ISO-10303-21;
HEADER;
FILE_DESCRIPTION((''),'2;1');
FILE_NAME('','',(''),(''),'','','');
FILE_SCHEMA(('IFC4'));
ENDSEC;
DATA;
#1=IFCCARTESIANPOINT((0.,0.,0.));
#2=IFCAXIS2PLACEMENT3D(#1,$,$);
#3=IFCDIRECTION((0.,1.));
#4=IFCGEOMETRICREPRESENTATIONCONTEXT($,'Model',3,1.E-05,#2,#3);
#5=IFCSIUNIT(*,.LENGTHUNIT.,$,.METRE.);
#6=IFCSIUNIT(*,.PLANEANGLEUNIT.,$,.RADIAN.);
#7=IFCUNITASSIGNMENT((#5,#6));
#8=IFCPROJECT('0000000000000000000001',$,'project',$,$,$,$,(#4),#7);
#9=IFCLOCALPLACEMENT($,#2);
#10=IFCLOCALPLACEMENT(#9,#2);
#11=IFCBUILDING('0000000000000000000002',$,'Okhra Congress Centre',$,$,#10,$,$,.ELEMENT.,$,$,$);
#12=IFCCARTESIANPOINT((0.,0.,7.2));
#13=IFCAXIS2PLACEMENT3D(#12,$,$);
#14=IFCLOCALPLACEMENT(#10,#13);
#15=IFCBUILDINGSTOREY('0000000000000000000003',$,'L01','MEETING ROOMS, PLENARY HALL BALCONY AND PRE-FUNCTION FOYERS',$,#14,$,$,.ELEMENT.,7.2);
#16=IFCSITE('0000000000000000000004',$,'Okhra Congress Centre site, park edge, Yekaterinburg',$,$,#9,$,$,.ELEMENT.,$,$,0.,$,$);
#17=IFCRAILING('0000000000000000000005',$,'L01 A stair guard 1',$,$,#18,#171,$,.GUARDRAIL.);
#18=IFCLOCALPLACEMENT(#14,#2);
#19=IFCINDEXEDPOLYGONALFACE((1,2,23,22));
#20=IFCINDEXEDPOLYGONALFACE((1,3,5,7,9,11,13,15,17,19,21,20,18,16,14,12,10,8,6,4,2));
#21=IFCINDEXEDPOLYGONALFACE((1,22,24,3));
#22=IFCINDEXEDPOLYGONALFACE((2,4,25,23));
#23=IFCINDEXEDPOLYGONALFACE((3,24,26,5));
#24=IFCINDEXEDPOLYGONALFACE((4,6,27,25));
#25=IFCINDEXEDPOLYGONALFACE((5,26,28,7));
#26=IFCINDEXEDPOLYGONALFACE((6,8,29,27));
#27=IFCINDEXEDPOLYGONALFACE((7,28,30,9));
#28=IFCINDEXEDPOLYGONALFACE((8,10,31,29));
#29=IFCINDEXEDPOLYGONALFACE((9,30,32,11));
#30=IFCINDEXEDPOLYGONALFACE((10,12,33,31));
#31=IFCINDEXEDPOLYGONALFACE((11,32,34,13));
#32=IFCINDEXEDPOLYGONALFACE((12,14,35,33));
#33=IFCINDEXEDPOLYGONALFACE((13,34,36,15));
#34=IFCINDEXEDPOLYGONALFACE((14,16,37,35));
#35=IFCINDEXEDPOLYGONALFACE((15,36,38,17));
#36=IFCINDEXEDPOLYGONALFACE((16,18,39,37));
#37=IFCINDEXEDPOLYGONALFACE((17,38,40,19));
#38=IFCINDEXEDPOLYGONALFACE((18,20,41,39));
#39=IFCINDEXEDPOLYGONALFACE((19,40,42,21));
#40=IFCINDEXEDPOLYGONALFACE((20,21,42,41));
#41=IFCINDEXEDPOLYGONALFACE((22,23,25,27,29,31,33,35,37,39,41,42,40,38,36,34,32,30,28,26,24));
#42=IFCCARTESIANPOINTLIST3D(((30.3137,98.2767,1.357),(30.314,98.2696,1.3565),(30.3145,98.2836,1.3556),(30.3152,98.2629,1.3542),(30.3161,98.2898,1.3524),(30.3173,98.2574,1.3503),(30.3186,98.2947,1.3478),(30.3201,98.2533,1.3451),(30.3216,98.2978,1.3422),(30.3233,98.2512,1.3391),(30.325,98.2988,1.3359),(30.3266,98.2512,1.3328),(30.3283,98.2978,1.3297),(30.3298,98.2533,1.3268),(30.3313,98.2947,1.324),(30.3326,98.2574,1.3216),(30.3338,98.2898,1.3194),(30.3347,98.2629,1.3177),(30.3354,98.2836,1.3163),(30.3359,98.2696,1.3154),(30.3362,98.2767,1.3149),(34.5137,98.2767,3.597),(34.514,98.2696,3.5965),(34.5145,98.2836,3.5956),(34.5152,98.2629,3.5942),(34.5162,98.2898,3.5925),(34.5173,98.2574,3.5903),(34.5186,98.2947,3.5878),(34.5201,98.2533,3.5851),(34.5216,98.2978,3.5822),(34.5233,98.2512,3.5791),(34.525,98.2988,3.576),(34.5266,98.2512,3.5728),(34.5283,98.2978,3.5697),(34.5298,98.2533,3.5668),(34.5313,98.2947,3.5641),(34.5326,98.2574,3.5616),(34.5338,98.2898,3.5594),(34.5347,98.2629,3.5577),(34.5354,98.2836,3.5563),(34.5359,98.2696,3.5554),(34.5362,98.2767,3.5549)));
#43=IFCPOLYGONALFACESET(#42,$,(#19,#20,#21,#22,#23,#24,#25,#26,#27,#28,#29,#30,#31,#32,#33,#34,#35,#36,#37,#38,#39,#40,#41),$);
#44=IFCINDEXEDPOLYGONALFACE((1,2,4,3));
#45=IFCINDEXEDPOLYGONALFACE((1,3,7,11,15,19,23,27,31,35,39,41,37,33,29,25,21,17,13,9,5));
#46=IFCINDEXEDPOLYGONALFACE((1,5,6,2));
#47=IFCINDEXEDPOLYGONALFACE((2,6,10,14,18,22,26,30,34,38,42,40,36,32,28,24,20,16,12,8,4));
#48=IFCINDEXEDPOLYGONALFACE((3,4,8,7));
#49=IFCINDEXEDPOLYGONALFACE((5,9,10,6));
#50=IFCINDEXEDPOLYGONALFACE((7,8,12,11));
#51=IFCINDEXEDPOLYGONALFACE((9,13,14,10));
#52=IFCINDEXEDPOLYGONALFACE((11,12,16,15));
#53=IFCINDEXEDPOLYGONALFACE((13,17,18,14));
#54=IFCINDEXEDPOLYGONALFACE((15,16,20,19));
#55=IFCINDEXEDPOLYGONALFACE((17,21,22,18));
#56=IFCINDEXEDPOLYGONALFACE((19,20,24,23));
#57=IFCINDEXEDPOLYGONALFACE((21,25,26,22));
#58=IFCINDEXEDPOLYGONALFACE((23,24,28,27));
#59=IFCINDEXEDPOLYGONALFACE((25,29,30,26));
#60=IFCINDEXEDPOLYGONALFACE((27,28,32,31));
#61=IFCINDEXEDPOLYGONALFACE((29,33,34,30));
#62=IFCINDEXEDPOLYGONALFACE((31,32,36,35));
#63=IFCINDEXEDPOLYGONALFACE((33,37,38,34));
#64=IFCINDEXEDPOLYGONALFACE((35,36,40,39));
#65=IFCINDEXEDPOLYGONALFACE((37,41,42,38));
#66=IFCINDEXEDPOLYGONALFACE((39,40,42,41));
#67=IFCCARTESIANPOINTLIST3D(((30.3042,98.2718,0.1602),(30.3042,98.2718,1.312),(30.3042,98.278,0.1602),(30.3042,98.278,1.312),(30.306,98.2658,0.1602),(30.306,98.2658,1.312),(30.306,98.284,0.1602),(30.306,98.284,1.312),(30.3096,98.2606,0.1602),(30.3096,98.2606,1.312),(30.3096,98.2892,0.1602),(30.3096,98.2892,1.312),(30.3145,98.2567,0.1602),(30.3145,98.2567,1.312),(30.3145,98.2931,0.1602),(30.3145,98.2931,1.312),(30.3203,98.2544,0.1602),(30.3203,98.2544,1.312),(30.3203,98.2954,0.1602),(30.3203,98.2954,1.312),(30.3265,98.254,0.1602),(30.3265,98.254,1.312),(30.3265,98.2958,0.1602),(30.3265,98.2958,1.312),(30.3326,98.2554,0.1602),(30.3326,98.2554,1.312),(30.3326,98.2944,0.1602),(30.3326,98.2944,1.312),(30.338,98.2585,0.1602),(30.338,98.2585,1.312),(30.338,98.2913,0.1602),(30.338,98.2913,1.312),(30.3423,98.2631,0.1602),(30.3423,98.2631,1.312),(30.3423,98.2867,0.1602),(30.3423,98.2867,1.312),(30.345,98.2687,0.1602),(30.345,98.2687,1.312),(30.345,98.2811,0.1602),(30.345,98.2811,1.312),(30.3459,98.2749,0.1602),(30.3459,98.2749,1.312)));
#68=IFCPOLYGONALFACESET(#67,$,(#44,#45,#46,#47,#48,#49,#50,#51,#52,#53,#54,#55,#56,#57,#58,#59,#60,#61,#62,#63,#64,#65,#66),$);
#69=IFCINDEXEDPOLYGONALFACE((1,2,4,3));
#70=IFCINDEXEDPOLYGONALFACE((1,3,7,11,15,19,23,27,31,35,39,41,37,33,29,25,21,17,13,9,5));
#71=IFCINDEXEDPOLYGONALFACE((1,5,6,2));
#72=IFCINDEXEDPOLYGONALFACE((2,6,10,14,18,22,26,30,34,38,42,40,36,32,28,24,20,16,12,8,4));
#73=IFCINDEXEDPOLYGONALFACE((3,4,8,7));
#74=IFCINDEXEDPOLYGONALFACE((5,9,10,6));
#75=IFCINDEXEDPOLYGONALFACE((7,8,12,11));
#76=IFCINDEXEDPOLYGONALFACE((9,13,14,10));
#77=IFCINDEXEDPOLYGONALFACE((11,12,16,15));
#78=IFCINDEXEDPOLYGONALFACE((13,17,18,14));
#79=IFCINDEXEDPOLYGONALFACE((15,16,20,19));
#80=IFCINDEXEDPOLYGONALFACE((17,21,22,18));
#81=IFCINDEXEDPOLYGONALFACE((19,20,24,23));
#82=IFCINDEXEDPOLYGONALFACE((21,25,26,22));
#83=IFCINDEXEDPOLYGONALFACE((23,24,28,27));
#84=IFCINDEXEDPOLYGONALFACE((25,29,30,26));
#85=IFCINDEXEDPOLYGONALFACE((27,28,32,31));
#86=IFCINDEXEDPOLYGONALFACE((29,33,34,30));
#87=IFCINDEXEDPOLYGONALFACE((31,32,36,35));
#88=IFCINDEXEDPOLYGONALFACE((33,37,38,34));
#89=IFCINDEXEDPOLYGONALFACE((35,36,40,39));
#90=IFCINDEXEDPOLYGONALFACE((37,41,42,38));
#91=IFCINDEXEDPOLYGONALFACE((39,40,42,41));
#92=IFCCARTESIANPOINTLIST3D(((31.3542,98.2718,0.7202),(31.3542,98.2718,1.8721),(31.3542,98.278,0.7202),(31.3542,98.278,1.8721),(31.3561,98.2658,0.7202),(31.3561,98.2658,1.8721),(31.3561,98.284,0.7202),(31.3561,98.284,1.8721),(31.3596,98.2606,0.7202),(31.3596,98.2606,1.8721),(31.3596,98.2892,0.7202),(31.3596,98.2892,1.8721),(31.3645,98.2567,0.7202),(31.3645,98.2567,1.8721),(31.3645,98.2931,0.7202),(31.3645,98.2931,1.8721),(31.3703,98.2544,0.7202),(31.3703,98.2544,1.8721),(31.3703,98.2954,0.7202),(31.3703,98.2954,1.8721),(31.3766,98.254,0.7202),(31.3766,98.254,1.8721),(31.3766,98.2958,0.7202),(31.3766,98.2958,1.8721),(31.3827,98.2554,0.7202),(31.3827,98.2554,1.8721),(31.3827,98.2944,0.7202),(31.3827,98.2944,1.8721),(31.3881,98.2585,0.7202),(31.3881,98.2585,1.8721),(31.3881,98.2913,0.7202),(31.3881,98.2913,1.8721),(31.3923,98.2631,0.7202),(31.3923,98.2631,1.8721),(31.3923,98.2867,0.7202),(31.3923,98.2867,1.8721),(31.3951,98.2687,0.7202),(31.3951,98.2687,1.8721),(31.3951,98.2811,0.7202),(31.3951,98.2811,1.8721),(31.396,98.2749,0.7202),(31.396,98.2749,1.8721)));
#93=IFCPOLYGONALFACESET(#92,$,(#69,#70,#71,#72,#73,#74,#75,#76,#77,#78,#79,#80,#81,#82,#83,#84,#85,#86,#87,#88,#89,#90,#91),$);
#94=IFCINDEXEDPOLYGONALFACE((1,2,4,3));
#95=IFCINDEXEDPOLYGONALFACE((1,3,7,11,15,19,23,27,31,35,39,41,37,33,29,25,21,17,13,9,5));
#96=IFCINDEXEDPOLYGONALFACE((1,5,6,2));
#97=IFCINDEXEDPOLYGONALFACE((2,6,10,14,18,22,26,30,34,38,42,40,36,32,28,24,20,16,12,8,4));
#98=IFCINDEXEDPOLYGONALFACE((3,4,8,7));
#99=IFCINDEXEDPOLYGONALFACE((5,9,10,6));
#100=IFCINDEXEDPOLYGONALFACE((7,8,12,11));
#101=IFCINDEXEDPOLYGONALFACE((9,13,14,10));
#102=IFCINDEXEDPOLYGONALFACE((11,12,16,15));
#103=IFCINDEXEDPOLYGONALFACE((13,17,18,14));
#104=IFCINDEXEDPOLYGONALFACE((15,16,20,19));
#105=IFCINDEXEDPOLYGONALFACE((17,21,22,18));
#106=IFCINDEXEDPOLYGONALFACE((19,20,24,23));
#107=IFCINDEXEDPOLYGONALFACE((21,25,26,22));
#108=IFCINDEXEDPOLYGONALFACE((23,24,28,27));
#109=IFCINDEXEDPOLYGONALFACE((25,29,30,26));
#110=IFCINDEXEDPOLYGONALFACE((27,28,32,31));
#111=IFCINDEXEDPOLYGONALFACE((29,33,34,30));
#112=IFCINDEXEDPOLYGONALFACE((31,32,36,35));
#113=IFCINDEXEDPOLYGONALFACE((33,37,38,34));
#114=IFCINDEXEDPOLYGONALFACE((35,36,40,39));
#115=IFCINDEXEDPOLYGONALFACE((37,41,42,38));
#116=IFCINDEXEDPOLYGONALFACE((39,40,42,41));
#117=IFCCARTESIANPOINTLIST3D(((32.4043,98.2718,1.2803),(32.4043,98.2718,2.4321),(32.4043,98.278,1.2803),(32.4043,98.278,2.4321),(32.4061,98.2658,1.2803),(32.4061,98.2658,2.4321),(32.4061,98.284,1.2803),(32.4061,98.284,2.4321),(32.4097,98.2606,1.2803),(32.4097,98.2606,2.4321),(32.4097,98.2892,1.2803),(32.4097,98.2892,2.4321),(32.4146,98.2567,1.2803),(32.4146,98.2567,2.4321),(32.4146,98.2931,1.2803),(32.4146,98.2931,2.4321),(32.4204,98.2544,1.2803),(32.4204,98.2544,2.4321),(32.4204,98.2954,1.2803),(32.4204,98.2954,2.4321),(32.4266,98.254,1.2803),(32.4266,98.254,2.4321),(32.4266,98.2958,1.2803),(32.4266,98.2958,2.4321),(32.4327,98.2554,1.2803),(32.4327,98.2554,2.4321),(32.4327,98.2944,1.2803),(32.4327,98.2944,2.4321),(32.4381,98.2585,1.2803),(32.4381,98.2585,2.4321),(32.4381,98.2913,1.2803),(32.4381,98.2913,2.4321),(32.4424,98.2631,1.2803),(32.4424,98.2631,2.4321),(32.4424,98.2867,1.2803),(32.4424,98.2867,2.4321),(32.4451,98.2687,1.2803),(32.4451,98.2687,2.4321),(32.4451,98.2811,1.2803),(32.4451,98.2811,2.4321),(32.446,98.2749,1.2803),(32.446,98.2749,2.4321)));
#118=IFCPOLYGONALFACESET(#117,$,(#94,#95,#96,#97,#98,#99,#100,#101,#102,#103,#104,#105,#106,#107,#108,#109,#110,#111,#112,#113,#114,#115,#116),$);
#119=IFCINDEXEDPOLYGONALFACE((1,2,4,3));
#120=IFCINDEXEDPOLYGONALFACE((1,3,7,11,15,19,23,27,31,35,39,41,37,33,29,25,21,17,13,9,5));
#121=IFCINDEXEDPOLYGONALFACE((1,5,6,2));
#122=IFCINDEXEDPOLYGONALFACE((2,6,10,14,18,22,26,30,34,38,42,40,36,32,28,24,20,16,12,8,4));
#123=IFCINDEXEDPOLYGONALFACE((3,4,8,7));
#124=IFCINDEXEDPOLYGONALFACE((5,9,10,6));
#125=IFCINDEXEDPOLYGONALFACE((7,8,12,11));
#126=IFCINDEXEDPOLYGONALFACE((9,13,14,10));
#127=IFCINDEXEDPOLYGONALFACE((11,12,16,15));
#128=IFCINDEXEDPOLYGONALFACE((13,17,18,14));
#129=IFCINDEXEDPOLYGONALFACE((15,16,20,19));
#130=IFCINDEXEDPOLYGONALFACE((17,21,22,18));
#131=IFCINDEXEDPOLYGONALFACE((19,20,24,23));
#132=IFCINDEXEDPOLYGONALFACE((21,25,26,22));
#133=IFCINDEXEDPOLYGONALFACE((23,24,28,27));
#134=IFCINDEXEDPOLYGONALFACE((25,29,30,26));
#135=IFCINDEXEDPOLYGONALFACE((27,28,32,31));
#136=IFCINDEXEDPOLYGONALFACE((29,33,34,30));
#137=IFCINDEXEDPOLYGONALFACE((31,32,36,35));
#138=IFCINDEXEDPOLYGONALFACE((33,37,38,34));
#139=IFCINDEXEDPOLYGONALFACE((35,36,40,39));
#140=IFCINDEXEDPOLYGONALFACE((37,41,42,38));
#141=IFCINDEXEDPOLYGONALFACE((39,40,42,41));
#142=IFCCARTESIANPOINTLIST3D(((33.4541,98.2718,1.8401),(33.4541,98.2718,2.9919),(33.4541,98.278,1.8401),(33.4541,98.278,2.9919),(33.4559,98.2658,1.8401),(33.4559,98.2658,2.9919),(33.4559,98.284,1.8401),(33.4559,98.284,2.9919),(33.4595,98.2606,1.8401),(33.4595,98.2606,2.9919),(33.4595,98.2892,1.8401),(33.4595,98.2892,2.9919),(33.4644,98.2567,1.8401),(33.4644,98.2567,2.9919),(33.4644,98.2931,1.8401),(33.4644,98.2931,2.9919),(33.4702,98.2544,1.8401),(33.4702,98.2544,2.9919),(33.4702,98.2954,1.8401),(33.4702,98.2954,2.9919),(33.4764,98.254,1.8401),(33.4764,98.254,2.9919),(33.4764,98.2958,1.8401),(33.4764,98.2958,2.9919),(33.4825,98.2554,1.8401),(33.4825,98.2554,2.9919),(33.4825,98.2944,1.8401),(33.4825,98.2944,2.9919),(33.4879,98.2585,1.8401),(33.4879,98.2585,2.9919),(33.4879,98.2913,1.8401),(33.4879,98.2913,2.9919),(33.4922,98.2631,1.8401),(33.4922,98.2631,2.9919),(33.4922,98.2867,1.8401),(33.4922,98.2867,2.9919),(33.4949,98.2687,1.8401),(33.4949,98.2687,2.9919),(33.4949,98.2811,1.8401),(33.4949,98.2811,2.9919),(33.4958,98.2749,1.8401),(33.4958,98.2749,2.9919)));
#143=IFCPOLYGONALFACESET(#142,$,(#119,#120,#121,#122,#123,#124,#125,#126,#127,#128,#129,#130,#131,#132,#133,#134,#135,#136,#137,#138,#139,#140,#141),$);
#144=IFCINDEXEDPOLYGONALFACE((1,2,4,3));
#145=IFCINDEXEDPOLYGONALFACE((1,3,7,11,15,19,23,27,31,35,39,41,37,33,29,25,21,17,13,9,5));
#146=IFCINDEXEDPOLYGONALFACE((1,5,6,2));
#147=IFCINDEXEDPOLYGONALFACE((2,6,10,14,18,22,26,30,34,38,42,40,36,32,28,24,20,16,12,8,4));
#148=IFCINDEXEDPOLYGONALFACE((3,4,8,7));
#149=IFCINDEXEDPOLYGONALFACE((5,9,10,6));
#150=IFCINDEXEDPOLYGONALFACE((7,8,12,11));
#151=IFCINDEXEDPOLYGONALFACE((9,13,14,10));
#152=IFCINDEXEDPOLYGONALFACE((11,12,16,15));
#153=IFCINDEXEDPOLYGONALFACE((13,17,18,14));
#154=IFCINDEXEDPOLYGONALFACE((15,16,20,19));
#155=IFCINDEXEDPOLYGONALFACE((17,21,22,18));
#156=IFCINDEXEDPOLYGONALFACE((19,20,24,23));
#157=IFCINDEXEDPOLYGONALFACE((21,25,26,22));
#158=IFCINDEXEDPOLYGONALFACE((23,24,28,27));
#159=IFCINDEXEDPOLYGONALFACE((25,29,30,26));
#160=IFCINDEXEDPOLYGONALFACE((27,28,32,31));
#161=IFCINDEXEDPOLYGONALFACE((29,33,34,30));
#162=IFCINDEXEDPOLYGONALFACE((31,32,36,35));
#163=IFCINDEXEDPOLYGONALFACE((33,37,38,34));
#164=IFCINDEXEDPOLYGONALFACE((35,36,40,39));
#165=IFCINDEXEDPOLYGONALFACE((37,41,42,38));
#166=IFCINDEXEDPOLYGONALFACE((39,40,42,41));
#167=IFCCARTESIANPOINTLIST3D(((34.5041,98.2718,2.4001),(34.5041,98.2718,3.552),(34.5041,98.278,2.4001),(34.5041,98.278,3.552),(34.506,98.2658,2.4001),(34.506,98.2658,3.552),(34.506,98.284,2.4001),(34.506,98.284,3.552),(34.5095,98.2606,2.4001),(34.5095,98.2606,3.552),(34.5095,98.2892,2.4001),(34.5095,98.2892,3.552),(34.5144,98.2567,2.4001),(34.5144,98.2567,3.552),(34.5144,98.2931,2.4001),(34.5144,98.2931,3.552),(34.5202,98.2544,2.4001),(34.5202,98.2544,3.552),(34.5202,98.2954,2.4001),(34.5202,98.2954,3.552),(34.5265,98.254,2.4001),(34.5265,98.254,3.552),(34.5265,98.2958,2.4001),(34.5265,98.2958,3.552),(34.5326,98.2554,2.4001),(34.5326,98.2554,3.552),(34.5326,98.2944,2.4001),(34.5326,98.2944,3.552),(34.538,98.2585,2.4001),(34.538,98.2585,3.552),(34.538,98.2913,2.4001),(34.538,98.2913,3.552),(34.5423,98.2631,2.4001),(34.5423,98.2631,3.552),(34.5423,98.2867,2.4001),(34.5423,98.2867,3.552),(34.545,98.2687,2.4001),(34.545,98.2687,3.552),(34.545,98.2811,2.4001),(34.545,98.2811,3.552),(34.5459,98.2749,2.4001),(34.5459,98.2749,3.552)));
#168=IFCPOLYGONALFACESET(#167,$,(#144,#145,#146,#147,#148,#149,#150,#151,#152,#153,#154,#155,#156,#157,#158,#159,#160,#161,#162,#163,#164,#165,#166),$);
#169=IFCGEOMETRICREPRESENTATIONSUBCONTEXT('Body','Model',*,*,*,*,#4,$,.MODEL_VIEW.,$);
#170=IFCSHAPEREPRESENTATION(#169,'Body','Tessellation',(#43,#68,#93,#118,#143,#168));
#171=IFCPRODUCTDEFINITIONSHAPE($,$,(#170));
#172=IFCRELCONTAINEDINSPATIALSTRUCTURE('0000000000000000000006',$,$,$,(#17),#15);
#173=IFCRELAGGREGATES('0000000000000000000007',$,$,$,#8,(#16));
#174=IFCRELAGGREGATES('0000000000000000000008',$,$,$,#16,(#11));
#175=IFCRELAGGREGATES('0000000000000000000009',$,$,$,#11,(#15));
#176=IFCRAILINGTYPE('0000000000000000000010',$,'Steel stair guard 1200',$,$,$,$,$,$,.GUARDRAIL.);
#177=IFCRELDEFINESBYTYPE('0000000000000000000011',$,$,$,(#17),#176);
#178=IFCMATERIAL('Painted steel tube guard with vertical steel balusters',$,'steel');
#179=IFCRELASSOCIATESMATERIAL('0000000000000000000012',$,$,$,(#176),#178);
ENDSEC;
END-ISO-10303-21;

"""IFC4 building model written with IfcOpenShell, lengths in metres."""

from ifc_helpers import new_model, si_unit, direction, frame, origin, origin_2d, place, context, subcontext, project, spatial, circle, extrude, material, type_object, element, save


model = new_model("IFC4")

# Units and contexts
model_context = context("Model", 3, precision=1e-05, world=origin(), true_north=direction((0.0, 1.0)))
body_context = subcontext(model_context, "Body", "Model", "MODEL_VIEW")
ifc_project = project(units=[si_unit("LENGTHUNIT", "METRE"), si_unit("PLANEANGLEUNIT", "RADIAN")], contexts=[model_context])

# Site, building, storey
site_placement = place(None, origin())
site = spatial("IfcSite", under=ifc_project, at=site_placement, Name="Okhra Congress Centre site, park edge, Yekaterinburg", CompositionType="ELEMENT", RefElevation=0.0)
building_placement = place(site_placement, origin())
building = spatial("IfcBuilding", under=site, at=building_placement, Name="Okhra Congress Centre", CompositionType="ELEMENT")
storey_placement = place(building_placement, frame((0.0, 0.0, 7.2)))
storey = spatial("IfcBuildingStorey", under=building, at=storey_placement, Name="L01", Description="MEETING ROOMS, PLENARY HALL BALCONY AND PRE-FUNCTION FOYERS", CompositionType="ELEMENT", Elevation=7.2)

# Railing
ifc_material_1 = material(Name="Painted steel tube guard with vertical steel balusters", Category="steel")
railing_type_1 = type_object("IfcRailingType", Name="Steel stair guard 1200", PredefinedType="GUARDRAIL", material=ifc_material_1)
railing_1_placement = place(storey_placement, frame((30.325, 98.2749, 0.1602)))
element("IfcRailing", 1, at=railing_1_placement, inside=storey, type_object=railing_type_1, Name="L01 A stair guard 1", PredefinedType="GUARDRAIL", context=body_context, shape_type="SweptSolid", body=[
    extrude(circle(Radius=0.0239, at=origin_2d()), frame((0.0, 0.0, 1.1758), z_axis=(0.882352, 0.0, 0.470591), x_axis=(0.0, 1.0, 0.0)), (0.0, 0.0, 1.0), 4.76),
    extrude(circle(Radius=0.021, at=origin_2d()), origin(), (0.0, 0.0, 1.0), 1.1519),
    extrude(circle(Radius=0.021, at=origin_2d()), frame((1.05, 0.0, 0.5601)), (0.0, 0.0, 1.0), 1.1519),
    extrude(circle(Radius=0.021, at=origin_2d()), frame((2.1001, 0.0, 1.1201)), (0.0, 0.0, 1.0), 1.1519),
    extrude(circle(Radius=0.021, at=origin_2d()), frame((3.1499, 0.0, 1.6799)), (0.0, 0.0, 1.0), 1.1519),
    extrude(circle(Radius=0.021, at=origin_2d()), frame((4.2, 0.0, 2.24)), (0.0, 0.0, 1.0), 1.1519),
])

save(model, "model.ifc")
